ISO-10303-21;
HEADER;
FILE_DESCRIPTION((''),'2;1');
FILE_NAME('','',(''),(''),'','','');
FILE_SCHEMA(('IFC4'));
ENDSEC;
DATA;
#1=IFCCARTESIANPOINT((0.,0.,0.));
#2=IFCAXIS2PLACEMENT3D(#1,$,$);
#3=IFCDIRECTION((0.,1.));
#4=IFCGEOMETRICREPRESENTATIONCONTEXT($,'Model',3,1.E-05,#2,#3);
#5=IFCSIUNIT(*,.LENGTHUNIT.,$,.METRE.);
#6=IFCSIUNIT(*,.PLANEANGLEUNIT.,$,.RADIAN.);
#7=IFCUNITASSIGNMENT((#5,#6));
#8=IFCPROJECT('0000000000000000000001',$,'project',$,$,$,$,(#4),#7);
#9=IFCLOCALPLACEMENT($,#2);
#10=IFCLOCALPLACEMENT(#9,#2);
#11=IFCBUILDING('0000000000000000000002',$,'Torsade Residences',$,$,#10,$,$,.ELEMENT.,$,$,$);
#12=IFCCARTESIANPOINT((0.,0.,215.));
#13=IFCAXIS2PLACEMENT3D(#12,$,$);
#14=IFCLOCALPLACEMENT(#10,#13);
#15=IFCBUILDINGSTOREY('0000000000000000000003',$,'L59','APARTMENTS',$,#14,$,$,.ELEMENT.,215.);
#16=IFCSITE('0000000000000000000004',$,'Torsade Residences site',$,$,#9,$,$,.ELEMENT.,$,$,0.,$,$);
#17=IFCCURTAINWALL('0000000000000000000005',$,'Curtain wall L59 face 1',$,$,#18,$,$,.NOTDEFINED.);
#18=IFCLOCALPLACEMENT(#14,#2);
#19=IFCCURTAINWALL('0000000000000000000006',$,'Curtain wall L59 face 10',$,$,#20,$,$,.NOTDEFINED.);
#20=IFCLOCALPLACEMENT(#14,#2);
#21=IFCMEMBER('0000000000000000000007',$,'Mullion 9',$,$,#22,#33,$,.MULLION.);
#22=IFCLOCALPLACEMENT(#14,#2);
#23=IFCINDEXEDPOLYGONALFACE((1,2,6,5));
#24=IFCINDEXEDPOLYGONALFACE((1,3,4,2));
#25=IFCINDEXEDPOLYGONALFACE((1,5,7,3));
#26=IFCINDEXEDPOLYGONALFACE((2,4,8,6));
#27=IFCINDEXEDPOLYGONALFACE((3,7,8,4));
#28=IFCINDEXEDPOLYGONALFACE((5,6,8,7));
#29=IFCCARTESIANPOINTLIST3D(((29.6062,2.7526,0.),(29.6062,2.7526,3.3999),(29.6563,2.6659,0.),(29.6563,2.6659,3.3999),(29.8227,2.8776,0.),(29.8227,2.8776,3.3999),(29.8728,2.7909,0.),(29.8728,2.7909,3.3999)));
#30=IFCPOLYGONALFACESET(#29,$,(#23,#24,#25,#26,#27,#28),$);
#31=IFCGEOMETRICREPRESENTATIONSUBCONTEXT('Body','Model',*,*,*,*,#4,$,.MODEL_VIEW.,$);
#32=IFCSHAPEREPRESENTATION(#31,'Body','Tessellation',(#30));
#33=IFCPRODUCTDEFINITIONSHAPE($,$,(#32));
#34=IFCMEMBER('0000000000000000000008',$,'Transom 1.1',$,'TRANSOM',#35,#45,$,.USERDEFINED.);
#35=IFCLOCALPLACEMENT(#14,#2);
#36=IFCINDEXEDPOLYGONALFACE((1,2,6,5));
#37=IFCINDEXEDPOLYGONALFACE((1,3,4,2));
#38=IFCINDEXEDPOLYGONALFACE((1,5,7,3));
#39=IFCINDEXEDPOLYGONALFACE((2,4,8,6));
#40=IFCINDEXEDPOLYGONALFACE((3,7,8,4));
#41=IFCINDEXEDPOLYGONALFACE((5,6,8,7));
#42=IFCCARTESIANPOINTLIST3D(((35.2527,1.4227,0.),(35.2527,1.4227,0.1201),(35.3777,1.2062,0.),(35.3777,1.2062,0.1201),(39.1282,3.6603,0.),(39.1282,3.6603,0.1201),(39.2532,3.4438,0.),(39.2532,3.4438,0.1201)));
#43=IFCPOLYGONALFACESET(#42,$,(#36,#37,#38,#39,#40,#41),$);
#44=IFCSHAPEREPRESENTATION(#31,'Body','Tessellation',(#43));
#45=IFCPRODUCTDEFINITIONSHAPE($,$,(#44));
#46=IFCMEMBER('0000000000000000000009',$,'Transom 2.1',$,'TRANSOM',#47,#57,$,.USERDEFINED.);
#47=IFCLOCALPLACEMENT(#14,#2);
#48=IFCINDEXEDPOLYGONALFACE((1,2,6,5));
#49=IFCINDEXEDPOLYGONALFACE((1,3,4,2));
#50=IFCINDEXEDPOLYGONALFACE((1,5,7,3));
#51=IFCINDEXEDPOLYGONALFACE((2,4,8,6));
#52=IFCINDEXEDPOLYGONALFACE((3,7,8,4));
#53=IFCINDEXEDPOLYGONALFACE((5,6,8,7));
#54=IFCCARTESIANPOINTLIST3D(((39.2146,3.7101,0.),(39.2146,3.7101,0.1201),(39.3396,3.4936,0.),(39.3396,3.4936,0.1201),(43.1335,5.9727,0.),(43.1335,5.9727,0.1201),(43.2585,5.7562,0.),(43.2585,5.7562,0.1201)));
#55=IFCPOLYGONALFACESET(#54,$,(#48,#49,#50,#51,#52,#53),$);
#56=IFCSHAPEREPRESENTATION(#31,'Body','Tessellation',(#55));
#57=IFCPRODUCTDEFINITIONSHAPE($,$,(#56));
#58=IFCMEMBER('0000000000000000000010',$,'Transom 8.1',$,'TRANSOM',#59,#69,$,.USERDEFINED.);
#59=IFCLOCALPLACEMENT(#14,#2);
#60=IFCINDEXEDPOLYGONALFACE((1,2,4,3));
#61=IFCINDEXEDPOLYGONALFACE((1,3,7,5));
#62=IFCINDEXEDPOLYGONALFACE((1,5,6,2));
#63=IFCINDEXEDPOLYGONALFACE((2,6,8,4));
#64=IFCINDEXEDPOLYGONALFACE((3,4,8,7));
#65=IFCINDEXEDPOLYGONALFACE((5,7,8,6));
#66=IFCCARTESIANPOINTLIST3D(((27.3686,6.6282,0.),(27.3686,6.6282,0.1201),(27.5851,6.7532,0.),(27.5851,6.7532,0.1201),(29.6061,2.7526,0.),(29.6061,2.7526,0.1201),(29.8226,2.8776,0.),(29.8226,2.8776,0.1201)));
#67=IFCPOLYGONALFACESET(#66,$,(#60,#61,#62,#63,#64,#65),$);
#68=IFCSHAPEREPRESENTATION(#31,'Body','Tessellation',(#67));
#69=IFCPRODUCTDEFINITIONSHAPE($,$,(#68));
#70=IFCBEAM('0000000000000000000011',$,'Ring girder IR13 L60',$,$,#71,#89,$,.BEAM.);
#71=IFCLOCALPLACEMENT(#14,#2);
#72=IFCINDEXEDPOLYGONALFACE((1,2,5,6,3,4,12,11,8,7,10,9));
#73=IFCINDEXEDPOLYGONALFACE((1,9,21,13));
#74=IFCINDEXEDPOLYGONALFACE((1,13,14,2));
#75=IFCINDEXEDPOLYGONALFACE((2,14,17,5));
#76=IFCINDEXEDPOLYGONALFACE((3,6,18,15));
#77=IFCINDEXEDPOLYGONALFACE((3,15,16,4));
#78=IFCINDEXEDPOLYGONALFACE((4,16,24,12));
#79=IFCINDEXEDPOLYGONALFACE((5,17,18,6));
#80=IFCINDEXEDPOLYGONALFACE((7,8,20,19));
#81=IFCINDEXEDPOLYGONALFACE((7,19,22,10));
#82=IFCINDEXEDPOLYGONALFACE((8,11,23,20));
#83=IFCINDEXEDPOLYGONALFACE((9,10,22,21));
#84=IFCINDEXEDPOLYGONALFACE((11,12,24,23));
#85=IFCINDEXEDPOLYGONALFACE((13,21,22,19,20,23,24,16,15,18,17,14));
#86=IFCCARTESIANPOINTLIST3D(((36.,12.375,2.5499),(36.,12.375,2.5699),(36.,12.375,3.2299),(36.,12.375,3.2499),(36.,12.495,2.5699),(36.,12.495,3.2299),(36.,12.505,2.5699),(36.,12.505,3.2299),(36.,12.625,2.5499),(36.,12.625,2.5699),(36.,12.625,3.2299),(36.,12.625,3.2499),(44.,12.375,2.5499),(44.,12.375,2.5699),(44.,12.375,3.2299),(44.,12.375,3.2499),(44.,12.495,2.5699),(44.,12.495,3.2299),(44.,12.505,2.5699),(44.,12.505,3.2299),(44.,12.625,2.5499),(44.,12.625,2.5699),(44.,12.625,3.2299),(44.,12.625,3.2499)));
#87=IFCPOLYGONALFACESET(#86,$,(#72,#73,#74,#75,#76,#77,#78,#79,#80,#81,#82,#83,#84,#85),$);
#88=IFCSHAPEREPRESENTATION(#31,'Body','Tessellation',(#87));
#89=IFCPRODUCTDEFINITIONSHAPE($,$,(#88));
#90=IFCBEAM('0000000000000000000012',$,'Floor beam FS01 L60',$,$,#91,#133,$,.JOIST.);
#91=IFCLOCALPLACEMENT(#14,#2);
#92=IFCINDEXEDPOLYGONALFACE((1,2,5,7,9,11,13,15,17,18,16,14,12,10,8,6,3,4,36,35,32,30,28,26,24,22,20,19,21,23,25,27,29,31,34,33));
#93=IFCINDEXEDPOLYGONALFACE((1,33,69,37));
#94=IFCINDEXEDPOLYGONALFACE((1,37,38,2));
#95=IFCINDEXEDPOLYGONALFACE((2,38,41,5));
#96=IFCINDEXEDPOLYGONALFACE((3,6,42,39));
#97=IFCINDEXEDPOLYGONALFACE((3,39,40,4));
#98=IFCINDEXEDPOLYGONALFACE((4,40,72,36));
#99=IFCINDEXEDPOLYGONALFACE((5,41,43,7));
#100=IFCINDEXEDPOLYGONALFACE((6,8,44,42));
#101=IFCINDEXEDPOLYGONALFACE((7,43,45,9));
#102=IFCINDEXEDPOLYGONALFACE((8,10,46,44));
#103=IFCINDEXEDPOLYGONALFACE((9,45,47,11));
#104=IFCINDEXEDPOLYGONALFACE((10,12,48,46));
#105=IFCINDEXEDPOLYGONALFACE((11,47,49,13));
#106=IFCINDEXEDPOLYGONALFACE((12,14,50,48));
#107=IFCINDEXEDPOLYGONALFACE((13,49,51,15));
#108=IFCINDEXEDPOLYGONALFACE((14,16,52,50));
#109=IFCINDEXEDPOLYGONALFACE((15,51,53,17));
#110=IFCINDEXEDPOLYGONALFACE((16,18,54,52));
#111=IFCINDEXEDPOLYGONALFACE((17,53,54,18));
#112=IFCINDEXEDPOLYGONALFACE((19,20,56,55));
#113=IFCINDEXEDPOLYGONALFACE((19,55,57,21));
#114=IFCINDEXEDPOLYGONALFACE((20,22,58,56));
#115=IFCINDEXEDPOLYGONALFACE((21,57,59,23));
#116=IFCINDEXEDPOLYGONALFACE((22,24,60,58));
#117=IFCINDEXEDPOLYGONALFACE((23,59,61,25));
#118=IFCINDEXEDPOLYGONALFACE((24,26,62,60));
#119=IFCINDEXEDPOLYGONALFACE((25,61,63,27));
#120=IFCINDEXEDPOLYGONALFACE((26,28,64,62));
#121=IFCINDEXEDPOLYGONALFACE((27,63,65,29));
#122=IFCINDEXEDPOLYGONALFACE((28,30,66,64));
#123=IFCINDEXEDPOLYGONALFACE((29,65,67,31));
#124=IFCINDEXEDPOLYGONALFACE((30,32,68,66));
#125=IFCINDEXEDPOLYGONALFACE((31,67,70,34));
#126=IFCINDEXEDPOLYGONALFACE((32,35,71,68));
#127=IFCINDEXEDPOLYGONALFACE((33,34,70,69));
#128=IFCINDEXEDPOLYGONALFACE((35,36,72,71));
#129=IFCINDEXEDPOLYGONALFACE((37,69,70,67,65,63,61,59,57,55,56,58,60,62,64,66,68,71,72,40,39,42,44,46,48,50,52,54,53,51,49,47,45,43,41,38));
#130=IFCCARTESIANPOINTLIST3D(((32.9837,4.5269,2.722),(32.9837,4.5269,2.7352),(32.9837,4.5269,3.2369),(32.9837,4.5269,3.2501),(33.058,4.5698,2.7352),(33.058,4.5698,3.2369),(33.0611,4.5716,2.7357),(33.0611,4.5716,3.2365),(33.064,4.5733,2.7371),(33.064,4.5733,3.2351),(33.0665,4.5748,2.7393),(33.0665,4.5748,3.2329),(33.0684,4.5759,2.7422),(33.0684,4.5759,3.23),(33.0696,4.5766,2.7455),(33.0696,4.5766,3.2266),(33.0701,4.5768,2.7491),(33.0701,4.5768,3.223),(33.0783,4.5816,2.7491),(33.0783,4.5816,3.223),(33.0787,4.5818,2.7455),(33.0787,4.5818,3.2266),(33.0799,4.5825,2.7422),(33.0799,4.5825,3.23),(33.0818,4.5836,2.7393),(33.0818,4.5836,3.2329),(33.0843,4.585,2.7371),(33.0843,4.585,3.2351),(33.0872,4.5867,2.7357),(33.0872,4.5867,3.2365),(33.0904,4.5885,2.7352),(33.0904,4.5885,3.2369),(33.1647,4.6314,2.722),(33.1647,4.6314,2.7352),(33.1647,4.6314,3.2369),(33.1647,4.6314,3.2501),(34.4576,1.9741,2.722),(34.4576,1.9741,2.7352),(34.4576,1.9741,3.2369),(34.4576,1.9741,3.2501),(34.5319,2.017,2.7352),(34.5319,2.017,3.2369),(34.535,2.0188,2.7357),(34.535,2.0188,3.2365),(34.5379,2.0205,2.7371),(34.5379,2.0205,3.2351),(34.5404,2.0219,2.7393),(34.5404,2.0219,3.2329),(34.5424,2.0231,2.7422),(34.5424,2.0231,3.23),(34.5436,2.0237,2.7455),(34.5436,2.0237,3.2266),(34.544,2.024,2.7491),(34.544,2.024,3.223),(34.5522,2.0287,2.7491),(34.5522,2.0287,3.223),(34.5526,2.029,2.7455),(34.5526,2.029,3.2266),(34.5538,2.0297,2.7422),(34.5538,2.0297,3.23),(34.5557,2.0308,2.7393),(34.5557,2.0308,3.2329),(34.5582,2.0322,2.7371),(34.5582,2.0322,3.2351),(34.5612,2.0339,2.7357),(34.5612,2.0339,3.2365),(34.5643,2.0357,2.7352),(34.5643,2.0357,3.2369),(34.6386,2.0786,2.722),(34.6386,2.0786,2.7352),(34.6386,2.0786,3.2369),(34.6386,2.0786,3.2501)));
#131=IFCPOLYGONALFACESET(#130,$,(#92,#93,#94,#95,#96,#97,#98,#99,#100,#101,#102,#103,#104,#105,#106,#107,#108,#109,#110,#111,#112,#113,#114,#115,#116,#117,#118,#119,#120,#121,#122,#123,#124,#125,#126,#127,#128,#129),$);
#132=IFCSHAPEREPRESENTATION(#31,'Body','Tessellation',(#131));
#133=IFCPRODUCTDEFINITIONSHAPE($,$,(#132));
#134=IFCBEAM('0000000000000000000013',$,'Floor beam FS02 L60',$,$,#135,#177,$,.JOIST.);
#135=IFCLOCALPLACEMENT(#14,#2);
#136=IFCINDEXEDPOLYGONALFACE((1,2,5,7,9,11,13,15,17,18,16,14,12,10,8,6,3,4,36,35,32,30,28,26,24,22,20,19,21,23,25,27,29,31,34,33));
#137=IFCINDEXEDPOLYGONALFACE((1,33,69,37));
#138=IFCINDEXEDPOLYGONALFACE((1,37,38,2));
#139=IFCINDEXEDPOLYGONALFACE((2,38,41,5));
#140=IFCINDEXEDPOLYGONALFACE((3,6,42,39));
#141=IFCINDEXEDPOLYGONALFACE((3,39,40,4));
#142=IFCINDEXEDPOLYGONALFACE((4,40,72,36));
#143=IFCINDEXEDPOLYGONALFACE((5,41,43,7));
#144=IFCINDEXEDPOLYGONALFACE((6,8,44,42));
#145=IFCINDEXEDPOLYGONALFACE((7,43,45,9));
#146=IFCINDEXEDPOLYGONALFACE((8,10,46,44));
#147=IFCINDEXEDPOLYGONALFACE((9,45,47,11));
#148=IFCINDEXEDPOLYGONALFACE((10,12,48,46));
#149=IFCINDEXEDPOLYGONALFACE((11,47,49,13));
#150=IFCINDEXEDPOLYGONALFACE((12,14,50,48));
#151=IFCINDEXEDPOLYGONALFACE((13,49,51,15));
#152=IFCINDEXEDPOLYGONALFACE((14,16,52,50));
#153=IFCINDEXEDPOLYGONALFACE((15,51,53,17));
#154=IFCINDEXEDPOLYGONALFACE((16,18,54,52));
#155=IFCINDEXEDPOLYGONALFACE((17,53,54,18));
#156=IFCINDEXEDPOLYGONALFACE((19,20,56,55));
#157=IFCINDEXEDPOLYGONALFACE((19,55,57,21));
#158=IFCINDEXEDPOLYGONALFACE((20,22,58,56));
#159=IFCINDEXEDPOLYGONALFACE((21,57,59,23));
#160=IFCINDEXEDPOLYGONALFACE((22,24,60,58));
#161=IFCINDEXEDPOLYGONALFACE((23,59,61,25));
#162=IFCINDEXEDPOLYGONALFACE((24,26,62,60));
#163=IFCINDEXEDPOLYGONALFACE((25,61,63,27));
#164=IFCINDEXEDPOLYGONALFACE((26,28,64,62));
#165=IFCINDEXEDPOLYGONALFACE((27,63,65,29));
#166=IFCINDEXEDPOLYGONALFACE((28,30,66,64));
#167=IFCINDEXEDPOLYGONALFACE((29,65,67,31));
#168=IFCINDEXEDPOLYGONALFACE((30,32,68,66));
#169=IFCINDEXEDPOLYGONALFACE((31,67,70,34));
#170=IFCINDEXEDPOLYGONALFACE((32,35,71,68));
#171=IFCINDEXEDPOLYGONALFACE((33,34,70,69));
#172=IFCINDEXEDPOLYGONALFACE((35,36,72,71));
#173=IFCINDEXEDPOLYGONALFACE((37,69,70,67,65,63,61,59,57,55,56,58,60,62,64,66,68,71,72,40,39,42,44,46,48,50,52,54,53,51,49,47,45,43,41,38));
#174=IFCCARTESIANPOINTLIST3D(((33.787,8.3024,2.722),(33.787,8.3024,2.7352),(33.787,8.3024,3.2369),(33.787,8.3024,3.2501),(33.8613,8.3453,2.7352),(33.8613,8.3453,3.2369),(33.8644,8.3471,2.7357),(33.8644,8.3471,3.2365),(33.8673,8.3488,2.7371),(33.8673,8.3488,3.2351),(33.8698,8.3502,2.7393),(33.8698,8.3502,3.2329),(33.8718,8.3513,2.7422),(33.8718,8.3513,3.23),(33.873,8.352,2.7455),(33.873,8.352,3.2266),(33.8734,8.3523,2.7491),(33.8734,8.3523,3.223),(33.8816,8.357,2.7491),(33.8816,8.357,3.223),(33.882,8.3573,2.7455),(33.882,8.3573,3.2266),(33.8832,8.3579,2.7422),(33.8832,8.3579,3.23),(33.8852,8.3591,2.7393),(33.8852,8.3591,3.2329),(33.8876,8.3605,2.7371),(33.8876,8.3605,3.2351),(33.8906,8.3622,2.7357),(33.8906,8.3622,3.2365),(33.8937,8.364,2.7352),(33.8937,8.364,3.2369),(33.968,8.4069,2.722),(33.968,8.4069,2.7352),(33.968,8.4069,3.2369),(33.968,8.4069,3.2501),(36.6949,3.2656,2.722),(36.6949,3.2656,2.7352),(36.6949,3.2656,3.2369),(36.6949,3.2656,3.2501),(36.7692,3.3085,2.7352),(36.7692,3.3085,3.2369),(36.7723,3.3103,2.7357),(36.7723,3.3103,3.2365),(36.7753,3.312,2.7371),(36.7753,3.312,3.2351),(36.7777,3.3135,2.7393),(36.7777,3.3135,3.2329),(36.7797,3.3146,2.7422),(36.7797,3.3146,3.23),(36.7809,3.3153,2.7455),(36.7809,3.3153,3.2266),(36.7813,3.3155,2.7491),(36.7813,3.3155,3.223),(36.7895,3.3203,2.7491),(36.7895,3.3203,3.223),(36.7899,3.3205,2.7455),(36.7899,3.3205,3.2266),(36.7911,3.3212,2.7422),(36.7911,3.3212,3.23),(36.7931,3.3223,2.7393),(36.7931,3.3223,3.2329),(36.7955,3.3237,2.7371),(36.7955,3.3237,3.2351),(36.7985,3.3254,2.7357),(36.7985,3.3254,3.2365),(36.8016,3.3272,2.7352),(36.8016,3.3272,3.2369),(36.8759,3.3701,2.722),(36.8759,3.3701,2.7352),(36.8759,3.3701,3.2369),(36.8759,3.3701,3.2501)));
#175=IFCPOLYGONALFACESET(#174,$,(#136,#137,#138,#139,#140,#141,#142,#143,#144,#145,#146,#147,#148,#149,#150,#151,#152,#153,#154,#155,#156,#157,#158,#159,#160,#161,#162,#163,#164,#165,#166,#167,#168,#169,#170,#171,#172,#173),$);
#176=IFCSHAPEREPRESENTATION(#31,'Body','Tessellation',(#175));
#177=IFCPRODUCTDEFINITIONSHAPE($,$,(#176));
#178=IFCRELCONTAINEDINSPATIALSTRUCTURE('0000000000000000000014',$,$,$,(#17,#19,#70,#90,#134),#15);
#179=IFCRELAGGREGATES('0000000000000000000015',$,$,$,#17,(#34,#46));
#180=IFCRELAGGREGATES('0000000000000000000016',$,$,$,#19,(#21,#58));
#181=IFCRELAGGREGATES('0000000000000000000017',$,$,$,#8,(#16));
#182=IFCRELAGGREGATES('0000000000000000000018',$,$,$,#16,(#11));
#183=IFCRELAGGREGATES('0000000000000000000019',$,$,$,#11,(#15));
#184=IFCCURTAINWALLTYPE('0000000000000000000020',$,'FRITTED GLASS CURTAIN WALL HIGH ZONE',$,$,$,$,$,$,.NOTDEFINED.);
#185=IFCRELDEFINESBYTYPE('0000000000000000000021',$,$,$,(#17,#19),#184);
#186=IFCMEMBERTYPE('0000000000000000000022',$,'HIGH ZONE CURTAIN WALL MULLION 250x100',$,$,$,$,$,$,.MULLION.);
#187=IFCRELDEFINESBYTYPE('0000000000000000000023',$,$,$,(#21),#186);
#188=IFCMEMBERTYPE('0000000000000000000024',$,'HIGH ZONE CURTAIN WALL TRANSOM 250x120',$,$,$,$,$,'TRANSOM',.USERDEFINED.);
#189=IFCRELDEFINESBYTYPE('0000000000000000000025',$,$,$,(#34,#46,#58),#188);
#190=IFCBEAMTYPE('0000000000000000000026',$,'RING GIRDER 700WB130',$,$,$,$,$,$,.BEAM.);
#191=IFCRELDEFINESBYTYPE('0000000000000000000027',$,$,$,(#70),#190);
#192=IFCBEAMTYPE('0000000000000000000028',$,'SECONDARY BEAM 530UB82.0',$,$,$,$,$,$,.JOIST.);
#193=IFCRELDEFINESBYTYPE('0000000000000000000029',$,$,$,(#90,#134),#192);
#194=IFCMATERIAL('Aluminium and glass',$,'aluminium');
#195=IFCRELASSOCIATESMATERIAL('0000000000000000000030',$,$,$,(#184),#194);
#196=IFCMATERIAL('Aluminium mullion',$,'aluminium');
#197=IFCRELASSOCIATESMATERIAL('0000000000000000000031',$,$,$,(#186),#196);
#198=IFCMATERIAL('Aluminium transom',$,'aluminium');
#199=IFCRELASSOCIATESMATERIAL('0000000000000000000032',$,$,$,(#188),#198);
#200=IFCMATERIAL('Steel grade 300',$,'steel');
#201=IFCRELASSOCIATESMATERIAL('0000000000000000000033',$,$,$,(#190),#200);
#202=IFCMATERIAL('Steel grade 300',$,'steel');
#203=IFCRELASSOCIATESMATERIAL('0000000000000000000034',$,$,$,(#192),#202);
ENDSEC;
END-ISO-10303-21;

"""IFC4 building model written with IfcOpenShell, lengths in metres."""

from ifc_helpers import new_model, si_unit, direction, frame, origin, origin_2d, place, context, subcontext, project, spatial, rectangle, i_section, extrude, material, material_profile, profile_set, type_object, element, aggregate, save


model = new_model("IFC4")

# Units and contexts
model_context = context("Model", 3, precision=1e-05, world=origin(), true_north=direction((0.0, 1.0)))
body_context = subcontext(model_context, "Body", "Model", "MODEL_VIEW")
ifc_project = project(units=[si_unit("LENGTHUNIT", "METRE"), si_unit("PLANEANGLEUNIT", "RADIAN")], contexts=[model_context])

# Site, building, storey
site_placement = place(None, origin())
site = spatial("IfcSite", under=ifc_project, at=site_placement, Name="Torsade Residences site", CompositionType="ELEMENT", RefElevation=0.0)
building_placement = place(site_placement, origin())
building = spatial("IfcBuilding", under=site, at=building_placement, Name="Torsade Residences", CompositionType="ELEMENT")
storey_placement = place(building_placement, frame((0.0, 0.0, 215.0)))
storey = spatial("IfcBuildingStorey", under=building, at=storey_placement, Name="L59", Description="APARTMENTS", CompositionType="ELEMENT", Elevation=215.0)

# Curtain wall
ifc_material_1 = material(Name="Aluminium and glass", Category="aluminium")
curtain_wall_type = type_object("IfcCurtainWallType", Name="FRITTED GLASS CURTAIN WALL HIGH ZONE", PredefinedType="NOTDEFINED", material=ifc_material_1)
curtain_wall_1_placement = place(storey_placement, origin())
curtain_wall_1 = element("IfcCurtainWall", 1, at=curtain_wall_1_placement, inside=storey, type_object=curtain_wall_type, Name="Curtain wall L59 face 1", PredefinedType="NOTDEFINED")
ifc_material_2 = material(Name="Aluminium mullion", Category="aluminium")
ifc_material_profile_1 = material_profile(ifc_material_2, rectangle(XDim=0.25, YDim=0.1001, at=origin_2d()), Name="HIGH ZONE CURTAIN WALL MULLION 250x100")
ifc_profile_set_1 = profile_set([ifc_material_profile_1], Name="Aluminium mullion")
member_type_1 = type_object("IfcMemberType", Name="HIGH ZONE CURTAIN WALL MULLION 250x100", PredefinedType="MULLION", material=ifc_profile_set_1)

# Curtain wall, member
curtain_wall_2_placement = place(storey_placement, origin())
curtain_wall_2 = element("IfcCurtainWall", 2, at=curtain_wall_2_placement, inside=storey, type_object=curtain_wall_type, Name="Curtain wall L59 face 10", PredefinedType="NOTDEFINED")
member_1_placement = place(storey_placement, frame((29.7395, 2.7717, 0.0), z_axis=(0.0, 0.0, 1.0), x_axis=(0.866025, 0.5, 0.0)))
member_1 = element("IfcMember", 3, at=member_1_placement, type_object=member_type_1, Name="Mullion 9", PredefinedType="MULLION", context=body_context, shape_type="SweptSolid", body=[
    extrude(rectangle(XDim=0.25, YDim=0.1001, at=origin_2d()), origin(), (0.0, 0.0, 1.0), 3.3999),
])

# Members
ifc_material_3 = material(Name="Aluminium transom", Category="aluminium")
ifc_material_profile_2 = material_profile(ifc_material_3, rectangle(XDim=0.25, YDim=0.1201, at=origin_2d()), Name="HIGH ZONE CURTAIN WALL TRANSOM 250x120")
ifc_profile_set_2 = profile_set([ifc_material_profile_2], Name="Aluminium transom")
member_type_2 = type_object("IfcMemberType", Name="HIGH ZONE CURTAIN WALL TRANSOM 250x120", ElementType="TRANSOM", PredefinedType="USERDEFINED", material=ifc_profile_set_2)
member_2_placement = place(storey_placement, frame((35.3152, 1.3145, 0.0601), z_axis=(0.866022, 0.500006, 0.0), x_axis=(-0.500006, 0.866022, 0.0)))
member_2 = element("IfcMember", 4, at=member_2_placement, type_object=member_type_2, Name="Transom 1.1", ObjectType="TRANSOM", PredefinedType="USERDEFINED", context=body_context, shape_type="SweptSolid", body=[
    extrude(rectangle(XDim=0.25, YDim=0.1201, at=origin_2d()), origin(), (0.0, 0.0, 1.0), 4.4751),
])
member_3_placement = place(storey_placement, frame((39.2771, 3.6018, 0.0601), z_axis=(0.866017, 0.500015, 0.0), x_axis=(-0.500015, 0.866017, 0.0)))
member_3 = element("IfcMember", 5, at=member_3_placement, type_object=member_type_2, Name="Transom 2.1", ObjectType="TRANSOM", PredefinedType="USERDEFINED", context=body_context, shape_type="SweptSolid", body=[
    extrude(rectangle(XDim=0.25, YDim=0.1201, at=origin_2d()), origin(), (0.0, 0.0, 1.0), 4.5251),
])
member_4_placement = place(storey_placement, frame((27.4768, 6.6907, 0.0601), z_axis=(0.500006, -0.866022, 0.0), x_axis=(0.866022, 0.500006, 0.0)))
member_4 = element("IfcMember", 6, at=member_4_placement, type_object=member_type_2, Name="Transom 8.1", ObjectType="TRANSOM", PredefinedType="USERDEFINED", context=body_context, shape_type="SweptSolid", body=[
    extrude(rectangle(XDim=0.25, YDim=0.1201, at=origin_2d()), origin(), (0.0, 0.0, 1.0), 4.4751),
])

# Beams
ifc_material_4 = material(Name="Steel grade 300", Category="steel")
ifc_material_profile_3 = material_profile(ifc_material_4, i_section(OverallWidth=0.25, OverallDepth=0.7, WebThickness=0.01, FlangeThickness=0.02, at=origin_2d()), Name="700WB130")
ifc_profile_set_3 = profile_set([ifc_material_profile_3], Name="Steel grade 300")
beam_type_1 = type_object("IfcBeamType", Name="RING GIRDER 700WB130", PredefinedType="BEAM", material=ifc_profile_set_3)
beam_1_placement = place(storey_placement, frame((36.0, 12.5, 2.8999), z_axis=(1.0, 0.0, 0.0), x_axis=(0.0, 1.0, 0.0)))
element("IfcBeam", 7, at=beam_1_placement, inside=storey, type_object=beam_type_1, Name="Ring girder IR13 L60", PredefinedType="BEAM", context=body_context, shape_type="SweptSolid", body=[
    extrude(i_section(OverallWidth=0.25, OverallDepth=0.7, WebThickness=0.01, FlangeThickness=0.02, at=origin_2d()), origin(), (0.0, 0.0, 1.0), 8.0),
])
ifc_material_5 = material(Name="Steel grade 300", Category="steel")
ifc_material_profile_4 = material_profile(ifc_material_5, i_section(OverallWidth=0.209, OverallDepth=0.5281, WebThickness=0.0095, FlangeThickness=0.0132, FilletRadius=0.0139, at=origin_2d()), Name="530UB82.0")
ifc_profile_set_4 = profile_set([ifc_material_profile_4], Name="Steel grade 300")
beam_type_2 = type_object("IfcBeamType", Name="SECONDARY BEAM 530UB82.0", PredefinedType="JOIST", material=ifc_profile_set_4)
beam_2_placement = place(storey_placement, frame((34.5481, 2.0264, 2.9861), z_axis=(-0.500014, 0.866017, 0.0), x_axis=(-0.866017, -0.500014, 0.0)))
element("IfcBeam", 8, at=beam_2_placement, inside=storey, type_object=beam_type_2, Name="Floor beam FS01 L60", PredefinedType="JOIST", context=body_context, shape_type="SweptSolid", body=[
    extrude(i_section(OverallWidth=0.209, OverallDepth=0.5281, WebThickness=0.0095, FlangeThickness=0.0132, FilletRadius=0.0139, at=origin_2d()), origin(), (0.0, 0.0, 1.0), 2.9478),
])
beam_3_placement = place(storey_placement, frame((36.7854, 3.3179, 2.9861), z_axis=(-0.49999, 0.866031, 0.0), x_axis=(-0.866031, -0.49999, 0.0)))
element("IfcBeam", 9, at=beam_3_placement, inside=storey, type_object=beam_type_2, Name="Floor beam FS02 L60", PredefinedType="JOIST", context=body_context, shape_type="SweptSolid", body=[
    extrude(i_section(OverallWidth=0.209, OverallDepth=0.5281, WebThickness=0.0095, FlangeThickness=0.0132, FilletRadius=0.0139, at=origin_2d()), origin(), (0.0, 0.0, 1.0), 5.8159),
])

aggregate(curtain_wall_1, [member_2, member_3])
aggregate(curtain_wall_2, [member_1, member_4])

save(model, "model.ifc")
